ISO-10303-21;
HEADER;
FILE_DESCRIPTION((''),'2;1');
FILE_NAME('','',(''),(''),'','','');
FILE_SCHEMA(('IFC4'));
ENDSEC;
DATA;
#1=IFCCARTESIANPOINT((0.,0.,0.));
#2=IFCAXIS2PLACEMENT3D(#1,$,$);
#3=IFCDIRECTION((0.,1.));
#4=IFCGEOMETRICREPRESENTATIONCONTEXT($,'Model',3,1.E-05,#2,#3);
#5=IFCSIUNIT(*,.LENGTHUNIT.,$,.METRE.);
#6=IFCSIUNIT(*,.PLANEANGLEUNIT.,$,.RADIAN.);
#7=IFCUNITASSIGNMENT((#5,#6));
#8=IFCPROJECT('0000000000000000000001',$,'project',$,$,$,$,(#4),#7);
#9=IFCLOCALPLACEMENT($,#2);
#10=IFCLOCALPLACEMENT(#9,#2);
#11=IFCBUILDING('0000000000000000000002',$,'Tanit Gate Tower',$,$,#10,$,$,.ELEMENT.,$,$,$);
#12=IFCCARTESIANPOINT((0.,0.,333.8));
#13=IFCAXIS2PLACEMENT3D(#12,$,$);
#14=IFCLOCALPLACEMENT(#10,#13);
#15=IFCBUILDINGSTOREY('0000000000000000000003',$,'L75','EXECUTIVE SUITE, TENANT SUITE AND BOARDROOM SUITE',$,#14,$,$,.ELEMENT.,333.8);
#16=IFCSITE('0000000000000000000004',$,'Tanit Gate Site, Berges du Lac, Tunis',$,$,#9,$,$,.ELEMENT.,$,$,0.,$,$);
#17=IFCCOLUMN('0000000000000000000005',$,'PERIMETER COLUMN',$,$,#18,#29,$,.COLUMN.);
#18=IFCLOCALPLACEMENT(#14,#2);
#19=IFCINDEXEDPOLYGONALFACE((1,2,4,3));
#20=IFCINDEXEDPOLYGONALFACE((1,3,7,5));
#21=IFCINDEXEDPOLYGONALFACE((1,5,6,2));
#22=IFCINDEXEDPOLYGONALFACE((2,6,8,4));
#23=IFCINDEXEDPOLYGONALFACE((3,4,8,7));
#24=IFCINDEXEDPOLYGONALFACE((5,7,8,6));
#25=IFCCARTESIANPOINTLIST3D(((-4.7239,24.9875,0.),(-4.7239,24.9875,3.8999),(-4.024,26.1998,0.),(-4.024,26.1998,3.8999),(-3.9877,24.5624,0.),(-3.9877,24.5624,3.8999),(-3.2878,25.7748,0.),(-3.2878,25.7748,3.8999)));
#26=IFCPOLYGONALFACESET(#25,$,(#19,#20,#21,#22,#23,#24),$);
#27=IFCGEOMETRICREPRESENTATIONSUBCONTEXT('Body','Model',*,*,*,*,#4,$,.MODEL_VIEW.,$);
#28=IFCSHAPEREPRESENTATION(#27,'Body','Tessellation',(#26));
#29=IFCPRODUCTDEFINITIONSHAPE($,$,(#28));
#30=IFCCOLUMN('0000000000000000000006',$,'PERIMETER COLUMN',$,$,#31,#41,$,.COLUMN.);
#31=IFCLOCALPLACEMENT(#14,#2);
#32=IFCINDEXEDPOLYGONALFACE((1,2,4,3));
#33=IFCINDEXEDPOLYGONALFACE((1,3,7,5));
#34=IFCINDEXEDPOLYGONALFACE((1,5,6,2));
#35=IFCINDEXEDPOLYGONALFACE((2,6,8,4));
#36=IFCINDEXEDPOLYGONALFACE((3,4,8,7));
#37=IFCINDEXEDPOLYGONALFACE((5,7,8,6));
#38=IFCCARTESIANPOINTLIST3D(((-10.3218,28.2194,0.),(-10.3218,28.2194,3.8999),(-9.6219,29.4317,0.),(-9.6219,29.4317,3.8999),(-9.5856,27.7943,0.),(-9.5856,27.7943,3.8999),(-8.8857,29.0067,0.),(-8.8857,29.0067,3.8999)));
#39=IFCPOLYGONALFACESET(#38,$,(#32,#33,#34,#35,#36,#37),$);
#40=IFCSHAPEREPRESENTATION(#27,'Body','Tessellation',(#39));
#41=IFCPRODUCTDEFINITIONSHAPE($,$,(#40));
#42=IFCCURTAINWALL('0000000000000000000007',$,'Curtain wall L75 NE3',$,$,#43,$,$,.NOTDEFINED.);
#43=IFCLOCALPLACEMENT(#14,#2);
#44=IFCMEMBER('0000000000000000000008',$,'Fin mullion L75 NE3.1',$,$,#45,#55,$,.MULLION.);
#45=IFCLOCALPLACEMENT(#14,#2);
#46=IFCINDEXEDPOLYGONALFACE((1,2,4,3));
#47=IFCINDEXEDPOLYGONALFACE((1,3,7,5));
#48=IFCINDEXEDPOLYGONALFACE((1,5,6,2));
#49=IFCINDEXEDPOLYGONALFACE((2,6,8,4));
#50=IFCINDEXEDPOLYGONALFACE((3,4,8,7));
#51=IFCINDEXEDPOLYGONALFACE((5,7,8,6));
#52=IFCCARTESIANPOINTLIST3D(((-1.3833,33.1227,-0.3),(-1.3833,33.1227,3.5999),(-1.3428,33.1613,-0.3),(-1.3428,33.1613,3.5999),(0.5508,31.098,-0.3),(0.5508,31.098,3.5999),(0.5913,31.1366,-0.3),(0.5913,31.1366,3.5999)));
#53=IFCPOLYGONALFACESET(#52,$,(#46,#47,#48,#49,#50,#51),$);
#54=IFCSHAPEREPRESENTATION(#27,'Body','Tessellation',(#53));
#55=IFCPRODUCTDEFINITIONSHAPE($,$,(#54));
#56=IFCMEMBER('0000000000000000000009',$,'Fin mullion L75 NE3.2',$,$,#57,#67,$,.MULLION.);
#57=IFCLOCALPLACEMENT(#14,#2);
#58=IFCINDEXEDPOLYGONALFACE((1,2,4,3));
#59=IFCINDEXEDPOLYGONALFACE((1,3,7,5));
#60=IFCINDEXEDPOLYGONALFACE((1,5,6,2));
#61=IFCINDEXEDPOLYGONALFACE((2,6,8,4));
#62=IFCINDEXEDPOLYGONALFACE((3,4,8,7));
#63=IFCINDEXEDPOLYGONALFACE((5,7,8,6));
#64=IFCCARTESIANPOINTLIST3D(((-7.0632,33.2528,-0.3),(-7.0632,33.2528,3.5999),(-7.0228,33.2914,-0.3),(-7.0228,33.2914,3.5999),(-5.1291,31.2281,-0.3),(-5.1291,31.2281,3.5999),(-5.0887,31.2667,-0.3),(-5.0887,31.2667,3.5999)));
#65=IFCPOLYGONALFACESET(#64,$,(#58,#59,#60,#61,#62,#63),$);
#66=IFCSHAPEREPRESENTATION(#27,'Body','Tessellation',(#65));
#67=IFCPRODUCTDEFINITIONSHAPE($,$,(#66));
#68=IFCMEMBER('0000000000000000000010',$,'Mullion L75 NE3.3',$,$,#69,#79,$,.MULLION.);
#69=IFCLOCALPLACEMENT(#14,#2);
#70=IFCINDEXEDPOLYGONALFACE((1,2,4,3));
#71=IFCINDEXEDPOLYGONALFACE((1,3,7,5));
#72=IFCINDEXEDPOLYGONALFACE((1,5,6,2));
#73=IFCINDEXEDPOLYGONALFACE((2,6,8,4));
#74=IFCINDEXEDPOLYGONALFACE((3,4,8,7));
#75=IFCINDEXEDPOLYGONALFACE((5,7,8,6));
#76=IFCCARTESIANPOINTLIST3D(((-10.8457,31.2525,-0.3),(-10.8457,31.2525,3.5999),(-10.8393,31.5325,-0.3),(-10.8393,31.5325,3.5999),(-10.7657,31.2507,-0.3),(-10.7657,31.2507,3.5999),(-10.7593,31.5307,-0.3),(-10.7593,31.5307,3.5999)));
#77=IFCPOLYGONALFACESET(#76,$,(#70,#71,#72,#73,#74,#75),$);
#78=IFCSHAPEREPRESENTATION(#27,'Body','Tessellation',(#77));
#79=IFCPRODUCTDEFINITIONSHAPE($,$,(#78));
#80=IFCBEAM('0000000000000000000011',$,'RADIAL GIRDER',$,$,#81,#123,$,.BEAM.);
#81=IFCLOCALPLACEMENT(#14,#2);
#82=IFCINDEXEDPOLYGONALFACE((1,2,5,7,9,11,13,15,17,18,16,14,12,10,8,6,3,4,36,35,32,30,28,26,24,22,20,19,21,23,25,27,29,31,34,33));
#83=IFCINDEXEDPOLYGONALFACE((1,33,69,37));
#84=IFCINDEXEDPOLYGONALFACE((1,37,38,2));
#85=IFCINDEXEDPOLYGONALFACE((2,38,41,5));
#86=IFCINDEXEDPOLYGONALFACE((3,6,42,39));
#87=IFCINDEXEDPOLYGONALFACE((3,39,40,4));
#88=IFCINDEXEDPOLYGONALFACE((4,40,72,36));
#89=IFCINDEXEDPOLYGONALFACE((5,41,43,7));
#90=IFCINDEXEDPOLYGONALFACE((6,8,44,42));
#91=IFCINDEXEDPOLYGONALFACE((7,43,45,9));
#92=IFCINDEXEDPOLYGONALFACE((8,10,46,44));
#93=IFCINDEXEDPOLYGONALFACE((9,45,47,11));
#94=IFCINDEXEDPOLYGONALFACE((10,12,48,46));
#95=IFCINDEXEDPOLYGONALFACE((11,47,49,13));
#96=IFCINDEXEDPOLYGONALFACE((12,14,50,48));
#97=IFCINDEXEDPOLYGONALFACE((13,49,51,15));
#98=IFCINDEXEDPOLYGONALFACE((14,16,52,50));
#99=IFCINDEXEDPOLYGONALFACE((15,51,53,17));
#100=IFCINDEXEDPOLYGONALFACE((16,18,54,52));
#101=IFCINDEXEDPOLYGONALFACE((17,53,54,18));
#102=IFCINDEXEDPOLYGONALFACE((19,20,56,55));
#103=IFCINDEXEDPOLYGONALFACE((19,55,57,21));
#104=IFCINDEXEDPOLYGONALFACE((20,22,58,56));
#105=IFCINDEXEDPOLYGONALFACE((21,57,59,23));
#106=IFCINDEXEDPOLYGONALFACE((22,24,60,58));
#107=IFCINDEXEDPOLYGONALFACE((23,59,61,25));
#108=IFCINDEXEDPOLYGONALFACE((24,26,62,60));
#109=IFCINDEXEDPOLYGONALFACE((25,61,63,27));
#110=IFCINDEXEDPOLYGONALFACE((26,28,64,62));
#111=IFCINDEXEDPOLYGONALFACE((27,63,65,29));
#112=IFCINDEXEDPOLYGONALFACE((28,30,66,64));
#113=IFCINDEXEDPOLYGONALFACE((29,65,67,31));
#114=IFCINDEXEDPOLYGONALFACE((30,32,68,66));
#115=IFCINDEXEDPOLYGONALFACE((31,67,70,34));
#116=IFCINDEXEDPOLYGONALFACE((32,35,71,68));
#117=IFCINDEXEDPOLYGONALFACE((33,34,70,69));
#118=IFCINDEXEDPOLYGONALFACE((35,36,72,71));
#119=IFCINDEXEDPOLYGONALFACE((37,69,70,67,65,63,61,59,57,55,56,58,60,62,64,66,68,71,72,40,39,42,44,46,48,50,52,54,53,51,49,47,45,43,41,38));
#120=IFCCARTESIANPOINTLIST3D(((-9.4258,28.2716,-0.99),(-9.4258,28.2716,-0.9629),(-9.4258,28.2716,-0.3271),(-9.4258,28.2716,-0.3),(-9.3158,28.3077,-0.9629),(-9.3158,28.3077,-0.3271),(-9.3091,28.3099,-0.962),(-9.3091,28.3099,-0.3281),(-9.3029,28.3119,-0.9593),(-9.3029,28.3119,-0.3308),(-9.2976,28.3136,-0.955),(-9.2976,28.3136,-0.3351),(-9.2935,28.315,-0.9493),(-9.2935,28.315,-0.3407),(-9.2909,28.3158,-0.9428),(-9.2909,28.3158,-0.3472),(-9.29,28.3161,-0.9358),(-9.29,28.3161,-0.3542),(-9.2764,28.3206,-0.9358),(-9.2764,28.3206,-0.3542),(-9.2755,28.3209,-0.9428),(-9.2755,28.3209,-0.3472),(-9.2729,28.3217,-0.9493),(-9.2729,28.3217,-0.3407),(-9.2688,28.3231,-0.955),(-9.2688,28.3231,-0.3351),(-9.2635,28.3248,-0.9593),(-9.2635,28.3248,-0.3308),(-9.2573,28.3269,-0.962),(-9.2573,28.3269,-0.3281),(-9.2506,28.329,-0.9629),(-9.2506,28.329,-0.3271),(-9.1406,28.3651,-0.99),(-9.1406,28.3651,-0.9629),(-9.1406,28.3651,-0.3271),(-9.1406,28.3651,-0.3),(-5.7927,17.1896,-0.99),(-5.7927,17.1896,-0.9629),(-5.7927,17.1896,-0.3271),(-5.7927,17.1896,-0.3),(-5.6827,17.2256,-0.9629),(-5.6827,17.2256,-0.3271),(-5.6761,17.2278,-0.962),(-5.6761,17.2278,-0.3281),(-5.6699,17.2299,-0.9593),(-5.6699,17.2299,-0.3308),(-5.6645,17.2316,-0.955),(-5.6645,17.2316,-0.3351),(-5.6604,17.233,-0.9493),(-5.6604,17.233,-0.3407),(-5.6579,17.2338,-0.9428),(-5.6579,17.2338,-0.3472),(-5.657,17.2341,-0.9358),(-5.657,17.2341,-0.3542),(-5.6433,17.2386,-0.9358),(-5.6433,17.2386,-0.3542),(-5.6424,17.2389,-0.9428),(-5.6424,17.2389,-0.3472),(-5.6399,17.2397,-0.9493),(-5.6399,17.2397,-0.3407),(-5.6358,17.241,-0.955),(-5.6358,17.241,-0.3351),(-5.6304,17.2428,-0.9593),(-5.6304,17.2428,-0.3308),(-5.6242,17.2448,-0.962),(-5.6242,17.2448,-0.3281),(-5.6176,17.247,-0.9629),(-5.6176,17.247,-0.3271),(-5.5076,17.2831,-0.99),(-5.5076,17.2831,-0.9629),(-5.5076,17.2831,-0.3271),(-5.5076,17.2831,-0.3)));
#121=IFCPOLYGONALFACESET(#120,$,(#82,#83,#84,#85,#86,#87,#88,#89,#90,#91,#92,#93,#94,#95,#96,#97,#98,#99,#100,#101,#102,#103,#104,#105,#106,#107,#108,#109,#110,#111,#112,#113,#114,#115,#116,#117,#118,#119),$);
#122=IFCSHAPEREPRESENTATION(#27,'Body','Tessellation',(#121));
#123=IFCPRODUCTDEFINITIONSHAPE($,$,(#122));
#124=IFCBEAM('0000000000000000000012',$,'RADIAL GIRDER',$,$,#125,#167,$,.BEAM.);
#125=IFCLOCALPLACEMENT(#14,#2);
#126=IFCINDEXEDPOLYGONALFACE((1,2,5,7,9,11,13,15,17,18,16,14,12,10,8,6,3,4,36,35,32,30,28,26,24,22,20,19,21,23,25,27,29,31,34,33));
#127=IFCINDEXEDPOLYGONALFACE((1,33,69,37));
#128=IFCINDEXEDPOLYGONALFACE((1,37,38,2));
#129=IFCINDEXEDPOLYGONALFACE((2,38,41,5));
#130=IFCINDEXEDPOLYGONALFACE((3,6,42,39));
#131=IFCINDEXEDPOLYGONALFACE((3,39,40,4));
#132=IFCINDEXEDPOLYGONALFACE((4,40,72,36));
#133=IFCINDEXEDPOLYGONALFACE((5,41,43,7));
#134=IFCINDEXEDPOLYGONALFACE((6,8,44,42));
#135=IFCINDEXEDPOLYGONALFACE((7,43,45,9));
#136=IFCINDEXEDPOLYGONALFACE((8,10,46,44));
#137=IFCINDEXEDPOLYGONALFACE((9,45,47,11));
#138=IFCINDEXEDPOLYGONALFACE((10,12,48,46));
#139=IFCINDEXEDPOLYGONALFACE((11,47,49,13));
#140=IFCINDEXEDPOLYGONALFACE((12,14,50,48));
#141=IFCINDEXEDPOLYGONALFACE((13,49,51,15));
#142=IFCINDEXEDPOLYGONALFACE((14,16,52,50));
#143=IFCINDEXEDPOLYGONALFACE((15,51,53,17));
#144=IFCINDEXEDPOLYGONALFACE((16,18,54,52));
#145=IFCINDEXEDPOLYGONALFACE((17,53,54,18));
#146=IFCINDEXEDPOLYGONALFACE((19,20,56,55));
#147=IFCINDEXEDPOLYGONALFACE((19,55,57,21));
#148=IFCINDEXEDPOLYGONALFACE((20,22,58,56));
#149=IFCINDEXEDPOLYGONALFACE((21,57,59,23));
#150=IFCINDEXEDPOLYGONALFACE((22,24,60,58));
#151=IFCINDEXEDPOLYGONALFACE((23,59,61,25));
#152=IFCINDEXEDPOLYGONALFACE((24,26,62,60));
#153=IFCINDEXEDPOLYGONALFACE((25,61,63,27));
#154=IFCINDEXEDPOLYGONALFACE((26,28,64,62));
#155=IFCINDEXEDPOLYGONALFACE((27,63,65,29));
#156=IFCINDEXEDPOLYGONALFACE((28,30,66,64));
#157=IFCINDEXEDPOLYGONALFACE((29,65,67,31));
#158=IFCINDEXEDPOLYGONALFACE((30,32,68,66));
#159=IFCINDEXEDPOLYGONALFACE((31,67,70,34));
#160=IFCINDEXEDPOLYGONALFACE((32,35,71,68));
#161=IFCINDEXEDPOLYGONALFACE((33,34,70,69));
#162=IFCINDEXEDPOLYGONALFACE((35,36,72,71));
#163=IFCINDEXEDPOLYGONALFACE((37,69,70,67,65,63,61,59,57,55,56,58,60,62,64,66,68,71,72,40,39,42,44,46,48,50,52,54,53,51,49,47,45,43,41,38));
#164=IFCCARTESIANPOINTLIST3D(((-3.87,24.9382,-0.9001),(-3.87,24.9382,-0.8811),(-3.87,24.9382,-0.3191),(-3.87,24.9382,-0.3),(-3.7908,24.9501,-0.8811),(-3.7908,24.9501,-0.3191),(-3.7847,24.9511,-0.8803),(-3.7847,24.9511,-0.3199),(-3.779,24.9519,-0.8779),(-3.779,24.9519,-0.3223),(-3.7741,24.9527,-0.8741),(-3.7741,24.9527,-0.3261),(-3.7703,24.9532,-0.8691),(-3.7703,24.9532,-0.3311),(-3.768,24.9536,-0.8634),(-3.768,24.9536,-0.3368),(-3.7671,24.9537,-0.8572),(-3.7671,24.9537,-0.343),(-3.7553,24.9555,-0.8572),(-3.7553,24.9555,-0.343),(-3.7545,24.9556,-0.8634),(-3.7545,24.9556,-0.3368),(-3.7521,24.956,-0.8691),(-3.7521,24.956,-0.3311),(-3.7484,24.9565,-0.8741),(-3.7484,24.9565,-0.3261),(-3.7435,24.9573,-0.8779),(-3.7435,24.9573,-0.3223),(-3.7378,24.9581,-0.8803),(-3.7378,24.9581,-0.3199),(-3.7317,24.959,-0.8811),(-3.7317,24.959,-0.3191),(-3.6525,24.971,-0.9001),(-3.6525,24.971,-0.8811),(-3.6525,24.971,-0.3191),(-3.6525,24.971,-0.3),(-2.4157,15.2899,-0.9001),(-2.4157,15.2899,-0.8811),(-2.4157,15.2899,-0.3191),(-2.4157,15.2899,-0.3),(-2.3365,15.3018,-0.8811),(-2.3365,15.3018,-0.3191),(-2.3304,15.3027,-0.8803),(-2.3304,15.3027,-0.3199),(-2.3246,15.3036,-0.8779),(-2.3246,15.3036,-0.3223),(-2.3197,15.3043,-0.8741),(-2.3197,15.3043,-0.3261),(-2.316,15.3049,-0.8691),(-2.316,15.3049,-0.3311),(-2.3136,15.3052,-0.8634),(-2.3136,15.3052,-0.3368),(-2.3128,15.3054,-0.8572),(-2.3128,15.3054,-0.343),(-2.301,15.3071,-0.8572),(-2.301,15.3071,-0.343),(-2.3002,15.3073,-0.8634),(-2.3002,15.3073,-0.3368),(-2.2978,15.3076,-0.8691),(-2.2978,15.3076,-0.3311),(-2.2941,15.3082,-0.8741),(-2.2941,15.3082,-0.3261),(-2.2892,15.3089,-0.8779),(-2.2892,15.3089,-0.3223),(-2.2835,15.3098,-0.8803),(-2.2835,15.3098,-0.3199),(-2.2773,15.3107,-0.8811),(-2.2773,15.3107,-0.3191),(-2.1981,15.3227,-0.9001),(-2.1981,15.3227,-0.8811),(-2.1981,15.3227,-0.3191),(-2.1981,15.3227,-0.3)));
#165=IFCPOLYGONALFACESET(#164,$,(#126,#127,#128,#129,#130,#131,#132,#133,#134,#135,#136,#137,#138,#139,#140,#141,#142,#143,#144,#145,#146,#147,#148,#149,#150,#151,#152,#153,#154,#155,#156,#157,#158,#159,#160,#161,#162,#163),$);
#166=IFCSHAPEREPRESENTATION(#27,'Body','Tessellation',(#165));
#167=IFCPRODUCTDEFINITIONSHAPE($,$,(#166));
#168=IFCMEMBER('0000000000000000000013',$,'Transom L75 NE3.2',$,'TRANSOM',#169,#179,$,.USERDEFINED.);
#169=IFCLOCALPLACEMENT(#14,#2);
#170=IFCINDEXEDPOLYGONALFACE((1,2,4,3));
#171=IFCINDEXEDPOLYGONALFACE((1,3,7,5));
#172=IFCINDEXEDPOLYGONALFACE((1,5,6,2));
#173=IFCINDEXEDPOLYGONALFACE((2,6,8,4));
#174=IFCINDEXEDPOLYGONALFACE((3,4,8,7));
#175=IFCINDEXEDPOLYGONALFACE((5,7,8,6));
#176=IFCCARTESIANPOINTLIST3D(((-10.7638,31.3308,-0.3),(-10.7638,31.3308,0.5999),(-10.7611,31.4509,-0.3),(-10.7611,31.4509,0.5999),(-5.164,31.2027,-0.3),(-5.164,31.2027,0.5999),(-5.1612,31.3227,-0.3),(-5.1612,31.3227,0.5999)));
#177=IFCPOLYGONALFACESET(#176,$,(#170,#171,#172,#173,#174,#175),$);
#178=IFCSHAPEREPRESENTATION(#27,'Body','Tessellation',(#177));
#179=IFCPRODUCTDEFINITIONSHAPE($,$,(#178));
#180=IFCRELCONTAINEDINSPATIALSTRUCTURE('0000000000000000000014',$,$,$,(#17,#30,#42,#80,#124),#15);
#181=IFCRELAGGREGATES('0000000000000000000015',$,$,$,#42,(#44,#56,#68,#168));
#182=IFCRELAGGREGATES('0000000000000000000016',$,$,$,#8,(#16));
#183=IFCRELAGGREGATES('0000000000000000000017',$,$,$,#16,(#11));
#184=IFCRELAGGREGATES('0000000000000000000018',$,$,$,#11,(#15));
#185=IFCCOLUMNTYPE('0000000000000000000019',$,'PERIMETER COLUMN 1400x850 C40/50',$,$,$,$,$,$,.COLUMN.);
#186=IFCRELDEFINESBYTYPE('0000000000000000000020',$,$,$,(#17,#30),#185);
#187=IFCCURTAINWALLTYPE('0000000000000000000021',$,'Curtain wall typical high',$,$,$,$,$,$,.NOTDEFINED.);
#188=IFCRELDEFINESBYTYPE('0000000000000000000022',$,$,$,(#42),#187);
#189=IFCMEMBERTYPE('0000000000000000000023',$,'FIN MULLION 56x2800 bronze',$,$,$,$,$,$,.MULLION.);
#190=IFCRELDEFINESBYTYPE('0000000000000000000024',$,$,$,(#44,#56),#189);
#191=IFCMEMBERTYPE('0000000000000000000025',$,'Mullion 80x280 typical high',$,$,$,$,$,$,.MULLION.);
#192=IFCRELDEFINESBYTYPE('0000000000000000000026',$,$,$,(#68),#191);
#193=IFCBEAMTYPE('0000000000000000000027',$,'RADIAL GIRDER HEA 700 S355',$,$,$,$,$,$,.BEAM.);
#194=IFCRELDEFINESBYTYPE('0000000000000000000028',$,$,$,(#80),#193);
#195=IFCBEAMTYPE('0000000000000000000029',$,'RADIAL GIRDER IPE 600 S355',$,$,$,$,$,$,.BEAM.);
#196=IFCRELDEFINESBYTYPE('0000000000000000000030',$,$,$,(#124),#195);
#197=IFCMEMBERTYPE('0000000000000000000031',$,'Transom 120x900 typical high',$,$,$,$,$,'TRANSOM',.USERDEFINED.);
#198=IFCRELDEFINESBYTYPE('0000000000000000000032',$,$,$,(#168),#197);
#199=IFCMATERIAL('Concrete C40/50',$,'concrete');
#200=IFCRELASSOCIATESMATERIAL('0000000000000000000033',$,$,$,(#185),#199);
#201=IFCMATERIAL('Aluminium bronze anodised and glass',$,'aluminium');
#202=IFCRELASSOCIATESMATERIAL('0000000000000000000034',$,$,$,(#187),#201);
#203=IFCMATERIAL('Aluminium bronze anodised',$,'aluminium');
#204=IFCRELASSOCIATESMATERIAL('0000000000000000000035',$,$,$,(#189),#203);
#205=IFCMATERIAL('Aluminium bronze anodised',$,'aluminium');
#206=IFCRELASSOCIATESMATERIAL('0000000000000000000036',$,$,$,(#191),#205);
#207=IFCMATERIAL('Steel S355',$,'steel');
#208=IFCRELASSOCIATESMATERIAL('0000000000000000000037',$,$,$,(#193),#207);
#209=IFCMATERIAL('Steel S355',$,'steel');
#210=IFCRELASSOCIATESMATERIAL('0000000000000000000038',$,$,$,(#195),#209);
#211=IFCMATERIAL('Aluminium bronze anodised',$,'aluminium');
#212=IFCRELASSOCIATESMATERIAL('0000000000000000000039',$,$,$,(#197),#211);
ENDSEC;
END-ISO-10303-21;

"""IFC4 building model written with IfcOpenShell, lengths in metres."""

from ifc_helpers import new_model, si_unit, direction, frame, origin, origin_2d, place, context, subcontext, project, spatial, rectangle, i_section, extrude, material, material_profile, profile_set, type_object, element, aggregate, save


model = new_model("IFC4")

# Units and contexts
model_context = context("Model", 3, precision=1e-05, world=origin(), true_north=direction((0.0, 1.0)))
body_context = subcontext(model_context, "Body", "Model", "MODEL_VIEW")
ifc_project = project(units=[si_unit("LENGTHUNIT", "METRE"), si_unit("PLANEANGLEUNIT", "RADIAN")], contexts=[model_context])

# Site, building, storey
site_placement = place(None, origin())
site = spatial("IfcSite", under=ifc_project, at=site_placement, Name="Tanit Gate Site, Berges du Lac, Tunis", CompositionType="ELEMENT", RefElevation=0.0)
building_placement = place(site_placement, origin())
building = spatial("IfcBuilding", under=site, at=building_placement, Name="Tanit Gate Tower", CompositionType="ELEMENT")
storey_placement = place(building_placement, frame((0.0, 0.0, 333.8)))
storey = spatial("IfcBuildingStorey", under=building, at=storey_placement, Name="L75", Description="EXECUTIVE SUITE, TENANT SUITE AND BOARDROOM SUITE", CompositionType="ELEMENT", Elevation=333.8)

# Columns
ifc_material_1 = material(Name="Concrete C40/50", Category="concrete")
ifc_material_profile_1 = material_profile(ifc_material_1, rectangle(XDim=1.3999, YDim=0.8501, at=origin_2d()), Name="RC 1400x850")
ifc_profile_set_1 = profile_set([ifc_material_profile_1], Name="Concrete C40/50")
column_type = type_object("IfcColumnType", Name="PERIMETER COLUMN 1400x850 C40/50", PredefinedType="COLUMN", material=ifc_profile_set_1)
for number, where, z_axis, x_axis, name in (
    (1, (-4.0059, 25.3811, 0.0), (0.0, 0.0, 1.0), (0.5, 0.866025, 0.0), "PERIMETER COLUMN"),
    (2, (-9.6038, 28.613, 0.0), (0.0, 0.0, 1.0), (0.5, 0.866025, 0.0), "PERIMETER COLUMN"),
):
    element("IfcColumn", number, at=place(storey_placement, frame(where, z_axis=z_axis, x_axis=x_axis)), inside=storey, type_object=column_type, Name=name, PredefinedType="COLUMN", context=body_context, shape_type="SweptSolid", body=[
        extrude(rectangle(XDim=1.3999, YDim=0.8501, at=origin_2d()), origin(), (0.0, 0.0, 1.0), 3.8999),
    ])

# Curtain wall, members
ifc_material_2 = material(Name="Aluminium bronze anodised and glass", Category="aluminium")
curtain_wall_type = type_object("IfcCurtainWallType", Name="Curtain wall typical high", PredefinedType="NOTDEFINED", material=ifc_material_2)
curtain_wall_placement = place(storey_placement, origin())
curtain_wall = element("IfcCurtainWall", 3, at=curtain_wall_placement, inside=storey, type_object=curtain_wall_type, Name="Curtain wall L75 NE3", PredefinedType="NOTDEFINED")
ifc_material_3 = material(Name="Aluminium bronze anodised", Category="aluminium")
ifc_material_profile_2 = material_profile(ifc_material_3, rectangle(XDim=2.8, YDim=0.0559, at=origin_2d()), Name="56x2800 bronze fin mullion")
ifc_profile_set_2 = profile_set([ifc_material_profile_2], Name="Aluminium bronze anodised")
member_type_1 = type_object("IfcMemberType", Name="FIN MULLION 56x2800 bronze", PredefinedType="MULLION", material=ifc_profile_set_2)
member_1_placement = place(storey_placement, frame((-0.396, 32.1296, -0.3), z_axis=(0.0, 0.0, 1.0), x_axis=(0.690743, -0.7231, 0.0)))
member_1 = element("IfcMember", 4, at=member_1_placement, type_object=member_type_1, Name="Fin mullion L75 NE3.1", PredefinedType="MULLION", context=body_context, shape_type="SweptSolid", body=[
    extrude(rectangle(XDim=2.8, YDim=0.0559, at=origin_2d()), origin(), (0.0, 0.0, 1.0), 3.8999),
])
member_2_placement = place(storey_placement, frame((-6.0759, 32.2598, -0.3), z_axis=(0.0, 0.0, 1.0), x_axis=(0.690743, -0.7231, 0.0)))
member_2 = element("IfcMember", 5, at=member_2_placement, type_object=member_type_1, Name="Fin mullion L75 NE3.2", PredefinedType="MULLION", context=body_context, shape_type="SweptSolid", body=[
    extrude(rectangle(XDim=2.8, YDim=0.0559, at=origin_2d()), origin(), (0.0, 0.0, 1.0), 3.8999),
])
ifc_material_4 = material(Name="Aluminium bronze anodised", Category="aluminium")
ifc_material_profile_3 = material_profile(ifc_material_4, rectangle(XDim=0.28, YDim=0.0801, at=origin_2d()), Name="80x280 bronze mullion")
ifc_profile_set_3 = profile_set([ifc_material_profile_3], Name="Aluminium bronze anodised")
member_type_2 = type_object("IfcMemberType", Name="Mullion 80x280 typical high", PredefinedType="MULLION", material=ifc_profile_set_3)
member_3_placement = place(storey_placement, frame((-10.8025, 31.3916, -0.3), z_axis=(0.0, 0.0, 1.0), x_axis=(-0.02288, -0.999738, 0.0)))
member_3 = element("IfcMember", 6, at=member_3_placement, type_object=member_type_2, Name="Mullion L75 NE3.3", PredefinedType="MULLION", context=body_context, shape_type="SweptSolid", body=[
    extrude(rectangle(XDim=0.28, YDim=0.0801, at=origin_2d()), origin(), (0.0, 0.0, 1.0), 3.8999),
])

# Beams
ifc_material_5 = material(Name="Steel S355", Category="steel")
ifc_material_profile_4 = material_profile(ifc_material_5, i_section(OverallWidth=0.3, OverallDepth=0.6899, WebThickness=0.0144, FlangeThickness=0.0271, FilletRadius=0.0271, at=origin_2d()), Name="HEA 700")
ifc_profile_set_4 = profile_set([ifc_material_profile_4], Name="Steel S355")
beam_type_1 = type_object("IfcBeamType", Name="RADIAL GIRDER HEA 700 S355", PredefinedType="BEAM", material=ifc_profile_set_4)
beam_1_placement = place(storey_placement, frame((-9.2832, 28.3184, -0.645), z_axis=(0.31152, -0.95024, 0.0), x_axis=(0.95024, 0.31152, 0.0)))
element("IfcBeam", 7, at=beam_1_placement, inside=storey, type_object=beam_type_1, Name="RADIAL GIRDER", PredefinedType="BEAM", context=body_context, shape_type="SweptSolid", body=[
    extrude(i_section(OverallWidth=0.3, OverallDepth=0.6899, WebThickness=0.0144, FlangeThickness=0.0271, FilletRadius=0.0271, at=origin_2d()), origin(), (0.0, 0.0, 1.0), 11.6624),
])
ifc_material_6 = material(Name="Steel S355", Category="steel")
ifc_material_profile_5 = material_profile(ifc_material_6, i_section(OverallWidth=0.22, OverallDepth=0.6001, WebThickness=0.012, FlangeThickness=0.019, FilletRadius=0.0239, at=origin_2d()), Name="IPE 600")
ifc_profile_set_5 = profile_set([ifc_material_profile_5], Name="Steel S355")
beam_type_2 = type_object("IfcBeamType", Name="RADIAL GIRDER IPE 600 S355", PredefinedType="BEAM", material=ifc_profile_set_5)
beam_2_placement = place(storey_placement, frame((-3.7612, 24.9546, -0.6001), z_axis=(0.14905, -0.98883, 0.0), x_axis=(0.98883, 0.14905, 0.0)))
element("IfcBeam", 8, at=beam_2_placement, inside=storey, type_object=beam_type_2, Name="RADIAL GIRDER", PredefinedType="BEAM", context=body_context, shape_type="SweptSolid", body=[
    extrude(i_section(OverallWidth=0.22, OverallDepth=0.6001, WebThickness=0.012, FlangeThickness=0.019, FilletRadius=0.0239, at=origin_2d()), origin(), (0.0, 0.0, 1.0), 9.7573),
])

# Member
ifc_material_7 = material(Name="Aluminium bronze anodised", Category="aluminium")
ifc_material_profile_6 = material_profile(ifc_material_7, rectangle(XDim=0.1201, YDim=0.8999, at=origin_2d()), Name="120x900 bronze transom")
ifc_profile_set_6 = profile_set([ifc_material_profile_6], Name="Aluminium bronze anodised")
member_type_3 = type_object("IfcMemberType", Name="Transom 120x900 typical high", ElementType="TRANSOM", PredefinedType="USERDEFINED", material=ifc_profile_set_6)
member_4_placement = place(storey_placement, frame((-5.1626, 31.2627, 0.1499), z_axis=(-0.999738, 0.022883, 0.0), x_axis=(-0.022883, -0.999738, 0.0)))
member_4 = element("IfcMember", 9, at=member_4_placement, type_object=member_type_3, Name="Transom L75 NE3.2", ObjectType="TRANSOM", PredefinedType="USERDEFINED", context=body_context, shape_type="SweptSolid", body=[
    extrude(rectangle(XDim=0.1201, YDim=0.8999, at=origin_2d()), origin(), (0.0, 0.0, 1.0), 5.6013),
])

aggregate(curtain_wall, [member_1, member_2, member_3, member_4])

save(model, "model.ifc")
